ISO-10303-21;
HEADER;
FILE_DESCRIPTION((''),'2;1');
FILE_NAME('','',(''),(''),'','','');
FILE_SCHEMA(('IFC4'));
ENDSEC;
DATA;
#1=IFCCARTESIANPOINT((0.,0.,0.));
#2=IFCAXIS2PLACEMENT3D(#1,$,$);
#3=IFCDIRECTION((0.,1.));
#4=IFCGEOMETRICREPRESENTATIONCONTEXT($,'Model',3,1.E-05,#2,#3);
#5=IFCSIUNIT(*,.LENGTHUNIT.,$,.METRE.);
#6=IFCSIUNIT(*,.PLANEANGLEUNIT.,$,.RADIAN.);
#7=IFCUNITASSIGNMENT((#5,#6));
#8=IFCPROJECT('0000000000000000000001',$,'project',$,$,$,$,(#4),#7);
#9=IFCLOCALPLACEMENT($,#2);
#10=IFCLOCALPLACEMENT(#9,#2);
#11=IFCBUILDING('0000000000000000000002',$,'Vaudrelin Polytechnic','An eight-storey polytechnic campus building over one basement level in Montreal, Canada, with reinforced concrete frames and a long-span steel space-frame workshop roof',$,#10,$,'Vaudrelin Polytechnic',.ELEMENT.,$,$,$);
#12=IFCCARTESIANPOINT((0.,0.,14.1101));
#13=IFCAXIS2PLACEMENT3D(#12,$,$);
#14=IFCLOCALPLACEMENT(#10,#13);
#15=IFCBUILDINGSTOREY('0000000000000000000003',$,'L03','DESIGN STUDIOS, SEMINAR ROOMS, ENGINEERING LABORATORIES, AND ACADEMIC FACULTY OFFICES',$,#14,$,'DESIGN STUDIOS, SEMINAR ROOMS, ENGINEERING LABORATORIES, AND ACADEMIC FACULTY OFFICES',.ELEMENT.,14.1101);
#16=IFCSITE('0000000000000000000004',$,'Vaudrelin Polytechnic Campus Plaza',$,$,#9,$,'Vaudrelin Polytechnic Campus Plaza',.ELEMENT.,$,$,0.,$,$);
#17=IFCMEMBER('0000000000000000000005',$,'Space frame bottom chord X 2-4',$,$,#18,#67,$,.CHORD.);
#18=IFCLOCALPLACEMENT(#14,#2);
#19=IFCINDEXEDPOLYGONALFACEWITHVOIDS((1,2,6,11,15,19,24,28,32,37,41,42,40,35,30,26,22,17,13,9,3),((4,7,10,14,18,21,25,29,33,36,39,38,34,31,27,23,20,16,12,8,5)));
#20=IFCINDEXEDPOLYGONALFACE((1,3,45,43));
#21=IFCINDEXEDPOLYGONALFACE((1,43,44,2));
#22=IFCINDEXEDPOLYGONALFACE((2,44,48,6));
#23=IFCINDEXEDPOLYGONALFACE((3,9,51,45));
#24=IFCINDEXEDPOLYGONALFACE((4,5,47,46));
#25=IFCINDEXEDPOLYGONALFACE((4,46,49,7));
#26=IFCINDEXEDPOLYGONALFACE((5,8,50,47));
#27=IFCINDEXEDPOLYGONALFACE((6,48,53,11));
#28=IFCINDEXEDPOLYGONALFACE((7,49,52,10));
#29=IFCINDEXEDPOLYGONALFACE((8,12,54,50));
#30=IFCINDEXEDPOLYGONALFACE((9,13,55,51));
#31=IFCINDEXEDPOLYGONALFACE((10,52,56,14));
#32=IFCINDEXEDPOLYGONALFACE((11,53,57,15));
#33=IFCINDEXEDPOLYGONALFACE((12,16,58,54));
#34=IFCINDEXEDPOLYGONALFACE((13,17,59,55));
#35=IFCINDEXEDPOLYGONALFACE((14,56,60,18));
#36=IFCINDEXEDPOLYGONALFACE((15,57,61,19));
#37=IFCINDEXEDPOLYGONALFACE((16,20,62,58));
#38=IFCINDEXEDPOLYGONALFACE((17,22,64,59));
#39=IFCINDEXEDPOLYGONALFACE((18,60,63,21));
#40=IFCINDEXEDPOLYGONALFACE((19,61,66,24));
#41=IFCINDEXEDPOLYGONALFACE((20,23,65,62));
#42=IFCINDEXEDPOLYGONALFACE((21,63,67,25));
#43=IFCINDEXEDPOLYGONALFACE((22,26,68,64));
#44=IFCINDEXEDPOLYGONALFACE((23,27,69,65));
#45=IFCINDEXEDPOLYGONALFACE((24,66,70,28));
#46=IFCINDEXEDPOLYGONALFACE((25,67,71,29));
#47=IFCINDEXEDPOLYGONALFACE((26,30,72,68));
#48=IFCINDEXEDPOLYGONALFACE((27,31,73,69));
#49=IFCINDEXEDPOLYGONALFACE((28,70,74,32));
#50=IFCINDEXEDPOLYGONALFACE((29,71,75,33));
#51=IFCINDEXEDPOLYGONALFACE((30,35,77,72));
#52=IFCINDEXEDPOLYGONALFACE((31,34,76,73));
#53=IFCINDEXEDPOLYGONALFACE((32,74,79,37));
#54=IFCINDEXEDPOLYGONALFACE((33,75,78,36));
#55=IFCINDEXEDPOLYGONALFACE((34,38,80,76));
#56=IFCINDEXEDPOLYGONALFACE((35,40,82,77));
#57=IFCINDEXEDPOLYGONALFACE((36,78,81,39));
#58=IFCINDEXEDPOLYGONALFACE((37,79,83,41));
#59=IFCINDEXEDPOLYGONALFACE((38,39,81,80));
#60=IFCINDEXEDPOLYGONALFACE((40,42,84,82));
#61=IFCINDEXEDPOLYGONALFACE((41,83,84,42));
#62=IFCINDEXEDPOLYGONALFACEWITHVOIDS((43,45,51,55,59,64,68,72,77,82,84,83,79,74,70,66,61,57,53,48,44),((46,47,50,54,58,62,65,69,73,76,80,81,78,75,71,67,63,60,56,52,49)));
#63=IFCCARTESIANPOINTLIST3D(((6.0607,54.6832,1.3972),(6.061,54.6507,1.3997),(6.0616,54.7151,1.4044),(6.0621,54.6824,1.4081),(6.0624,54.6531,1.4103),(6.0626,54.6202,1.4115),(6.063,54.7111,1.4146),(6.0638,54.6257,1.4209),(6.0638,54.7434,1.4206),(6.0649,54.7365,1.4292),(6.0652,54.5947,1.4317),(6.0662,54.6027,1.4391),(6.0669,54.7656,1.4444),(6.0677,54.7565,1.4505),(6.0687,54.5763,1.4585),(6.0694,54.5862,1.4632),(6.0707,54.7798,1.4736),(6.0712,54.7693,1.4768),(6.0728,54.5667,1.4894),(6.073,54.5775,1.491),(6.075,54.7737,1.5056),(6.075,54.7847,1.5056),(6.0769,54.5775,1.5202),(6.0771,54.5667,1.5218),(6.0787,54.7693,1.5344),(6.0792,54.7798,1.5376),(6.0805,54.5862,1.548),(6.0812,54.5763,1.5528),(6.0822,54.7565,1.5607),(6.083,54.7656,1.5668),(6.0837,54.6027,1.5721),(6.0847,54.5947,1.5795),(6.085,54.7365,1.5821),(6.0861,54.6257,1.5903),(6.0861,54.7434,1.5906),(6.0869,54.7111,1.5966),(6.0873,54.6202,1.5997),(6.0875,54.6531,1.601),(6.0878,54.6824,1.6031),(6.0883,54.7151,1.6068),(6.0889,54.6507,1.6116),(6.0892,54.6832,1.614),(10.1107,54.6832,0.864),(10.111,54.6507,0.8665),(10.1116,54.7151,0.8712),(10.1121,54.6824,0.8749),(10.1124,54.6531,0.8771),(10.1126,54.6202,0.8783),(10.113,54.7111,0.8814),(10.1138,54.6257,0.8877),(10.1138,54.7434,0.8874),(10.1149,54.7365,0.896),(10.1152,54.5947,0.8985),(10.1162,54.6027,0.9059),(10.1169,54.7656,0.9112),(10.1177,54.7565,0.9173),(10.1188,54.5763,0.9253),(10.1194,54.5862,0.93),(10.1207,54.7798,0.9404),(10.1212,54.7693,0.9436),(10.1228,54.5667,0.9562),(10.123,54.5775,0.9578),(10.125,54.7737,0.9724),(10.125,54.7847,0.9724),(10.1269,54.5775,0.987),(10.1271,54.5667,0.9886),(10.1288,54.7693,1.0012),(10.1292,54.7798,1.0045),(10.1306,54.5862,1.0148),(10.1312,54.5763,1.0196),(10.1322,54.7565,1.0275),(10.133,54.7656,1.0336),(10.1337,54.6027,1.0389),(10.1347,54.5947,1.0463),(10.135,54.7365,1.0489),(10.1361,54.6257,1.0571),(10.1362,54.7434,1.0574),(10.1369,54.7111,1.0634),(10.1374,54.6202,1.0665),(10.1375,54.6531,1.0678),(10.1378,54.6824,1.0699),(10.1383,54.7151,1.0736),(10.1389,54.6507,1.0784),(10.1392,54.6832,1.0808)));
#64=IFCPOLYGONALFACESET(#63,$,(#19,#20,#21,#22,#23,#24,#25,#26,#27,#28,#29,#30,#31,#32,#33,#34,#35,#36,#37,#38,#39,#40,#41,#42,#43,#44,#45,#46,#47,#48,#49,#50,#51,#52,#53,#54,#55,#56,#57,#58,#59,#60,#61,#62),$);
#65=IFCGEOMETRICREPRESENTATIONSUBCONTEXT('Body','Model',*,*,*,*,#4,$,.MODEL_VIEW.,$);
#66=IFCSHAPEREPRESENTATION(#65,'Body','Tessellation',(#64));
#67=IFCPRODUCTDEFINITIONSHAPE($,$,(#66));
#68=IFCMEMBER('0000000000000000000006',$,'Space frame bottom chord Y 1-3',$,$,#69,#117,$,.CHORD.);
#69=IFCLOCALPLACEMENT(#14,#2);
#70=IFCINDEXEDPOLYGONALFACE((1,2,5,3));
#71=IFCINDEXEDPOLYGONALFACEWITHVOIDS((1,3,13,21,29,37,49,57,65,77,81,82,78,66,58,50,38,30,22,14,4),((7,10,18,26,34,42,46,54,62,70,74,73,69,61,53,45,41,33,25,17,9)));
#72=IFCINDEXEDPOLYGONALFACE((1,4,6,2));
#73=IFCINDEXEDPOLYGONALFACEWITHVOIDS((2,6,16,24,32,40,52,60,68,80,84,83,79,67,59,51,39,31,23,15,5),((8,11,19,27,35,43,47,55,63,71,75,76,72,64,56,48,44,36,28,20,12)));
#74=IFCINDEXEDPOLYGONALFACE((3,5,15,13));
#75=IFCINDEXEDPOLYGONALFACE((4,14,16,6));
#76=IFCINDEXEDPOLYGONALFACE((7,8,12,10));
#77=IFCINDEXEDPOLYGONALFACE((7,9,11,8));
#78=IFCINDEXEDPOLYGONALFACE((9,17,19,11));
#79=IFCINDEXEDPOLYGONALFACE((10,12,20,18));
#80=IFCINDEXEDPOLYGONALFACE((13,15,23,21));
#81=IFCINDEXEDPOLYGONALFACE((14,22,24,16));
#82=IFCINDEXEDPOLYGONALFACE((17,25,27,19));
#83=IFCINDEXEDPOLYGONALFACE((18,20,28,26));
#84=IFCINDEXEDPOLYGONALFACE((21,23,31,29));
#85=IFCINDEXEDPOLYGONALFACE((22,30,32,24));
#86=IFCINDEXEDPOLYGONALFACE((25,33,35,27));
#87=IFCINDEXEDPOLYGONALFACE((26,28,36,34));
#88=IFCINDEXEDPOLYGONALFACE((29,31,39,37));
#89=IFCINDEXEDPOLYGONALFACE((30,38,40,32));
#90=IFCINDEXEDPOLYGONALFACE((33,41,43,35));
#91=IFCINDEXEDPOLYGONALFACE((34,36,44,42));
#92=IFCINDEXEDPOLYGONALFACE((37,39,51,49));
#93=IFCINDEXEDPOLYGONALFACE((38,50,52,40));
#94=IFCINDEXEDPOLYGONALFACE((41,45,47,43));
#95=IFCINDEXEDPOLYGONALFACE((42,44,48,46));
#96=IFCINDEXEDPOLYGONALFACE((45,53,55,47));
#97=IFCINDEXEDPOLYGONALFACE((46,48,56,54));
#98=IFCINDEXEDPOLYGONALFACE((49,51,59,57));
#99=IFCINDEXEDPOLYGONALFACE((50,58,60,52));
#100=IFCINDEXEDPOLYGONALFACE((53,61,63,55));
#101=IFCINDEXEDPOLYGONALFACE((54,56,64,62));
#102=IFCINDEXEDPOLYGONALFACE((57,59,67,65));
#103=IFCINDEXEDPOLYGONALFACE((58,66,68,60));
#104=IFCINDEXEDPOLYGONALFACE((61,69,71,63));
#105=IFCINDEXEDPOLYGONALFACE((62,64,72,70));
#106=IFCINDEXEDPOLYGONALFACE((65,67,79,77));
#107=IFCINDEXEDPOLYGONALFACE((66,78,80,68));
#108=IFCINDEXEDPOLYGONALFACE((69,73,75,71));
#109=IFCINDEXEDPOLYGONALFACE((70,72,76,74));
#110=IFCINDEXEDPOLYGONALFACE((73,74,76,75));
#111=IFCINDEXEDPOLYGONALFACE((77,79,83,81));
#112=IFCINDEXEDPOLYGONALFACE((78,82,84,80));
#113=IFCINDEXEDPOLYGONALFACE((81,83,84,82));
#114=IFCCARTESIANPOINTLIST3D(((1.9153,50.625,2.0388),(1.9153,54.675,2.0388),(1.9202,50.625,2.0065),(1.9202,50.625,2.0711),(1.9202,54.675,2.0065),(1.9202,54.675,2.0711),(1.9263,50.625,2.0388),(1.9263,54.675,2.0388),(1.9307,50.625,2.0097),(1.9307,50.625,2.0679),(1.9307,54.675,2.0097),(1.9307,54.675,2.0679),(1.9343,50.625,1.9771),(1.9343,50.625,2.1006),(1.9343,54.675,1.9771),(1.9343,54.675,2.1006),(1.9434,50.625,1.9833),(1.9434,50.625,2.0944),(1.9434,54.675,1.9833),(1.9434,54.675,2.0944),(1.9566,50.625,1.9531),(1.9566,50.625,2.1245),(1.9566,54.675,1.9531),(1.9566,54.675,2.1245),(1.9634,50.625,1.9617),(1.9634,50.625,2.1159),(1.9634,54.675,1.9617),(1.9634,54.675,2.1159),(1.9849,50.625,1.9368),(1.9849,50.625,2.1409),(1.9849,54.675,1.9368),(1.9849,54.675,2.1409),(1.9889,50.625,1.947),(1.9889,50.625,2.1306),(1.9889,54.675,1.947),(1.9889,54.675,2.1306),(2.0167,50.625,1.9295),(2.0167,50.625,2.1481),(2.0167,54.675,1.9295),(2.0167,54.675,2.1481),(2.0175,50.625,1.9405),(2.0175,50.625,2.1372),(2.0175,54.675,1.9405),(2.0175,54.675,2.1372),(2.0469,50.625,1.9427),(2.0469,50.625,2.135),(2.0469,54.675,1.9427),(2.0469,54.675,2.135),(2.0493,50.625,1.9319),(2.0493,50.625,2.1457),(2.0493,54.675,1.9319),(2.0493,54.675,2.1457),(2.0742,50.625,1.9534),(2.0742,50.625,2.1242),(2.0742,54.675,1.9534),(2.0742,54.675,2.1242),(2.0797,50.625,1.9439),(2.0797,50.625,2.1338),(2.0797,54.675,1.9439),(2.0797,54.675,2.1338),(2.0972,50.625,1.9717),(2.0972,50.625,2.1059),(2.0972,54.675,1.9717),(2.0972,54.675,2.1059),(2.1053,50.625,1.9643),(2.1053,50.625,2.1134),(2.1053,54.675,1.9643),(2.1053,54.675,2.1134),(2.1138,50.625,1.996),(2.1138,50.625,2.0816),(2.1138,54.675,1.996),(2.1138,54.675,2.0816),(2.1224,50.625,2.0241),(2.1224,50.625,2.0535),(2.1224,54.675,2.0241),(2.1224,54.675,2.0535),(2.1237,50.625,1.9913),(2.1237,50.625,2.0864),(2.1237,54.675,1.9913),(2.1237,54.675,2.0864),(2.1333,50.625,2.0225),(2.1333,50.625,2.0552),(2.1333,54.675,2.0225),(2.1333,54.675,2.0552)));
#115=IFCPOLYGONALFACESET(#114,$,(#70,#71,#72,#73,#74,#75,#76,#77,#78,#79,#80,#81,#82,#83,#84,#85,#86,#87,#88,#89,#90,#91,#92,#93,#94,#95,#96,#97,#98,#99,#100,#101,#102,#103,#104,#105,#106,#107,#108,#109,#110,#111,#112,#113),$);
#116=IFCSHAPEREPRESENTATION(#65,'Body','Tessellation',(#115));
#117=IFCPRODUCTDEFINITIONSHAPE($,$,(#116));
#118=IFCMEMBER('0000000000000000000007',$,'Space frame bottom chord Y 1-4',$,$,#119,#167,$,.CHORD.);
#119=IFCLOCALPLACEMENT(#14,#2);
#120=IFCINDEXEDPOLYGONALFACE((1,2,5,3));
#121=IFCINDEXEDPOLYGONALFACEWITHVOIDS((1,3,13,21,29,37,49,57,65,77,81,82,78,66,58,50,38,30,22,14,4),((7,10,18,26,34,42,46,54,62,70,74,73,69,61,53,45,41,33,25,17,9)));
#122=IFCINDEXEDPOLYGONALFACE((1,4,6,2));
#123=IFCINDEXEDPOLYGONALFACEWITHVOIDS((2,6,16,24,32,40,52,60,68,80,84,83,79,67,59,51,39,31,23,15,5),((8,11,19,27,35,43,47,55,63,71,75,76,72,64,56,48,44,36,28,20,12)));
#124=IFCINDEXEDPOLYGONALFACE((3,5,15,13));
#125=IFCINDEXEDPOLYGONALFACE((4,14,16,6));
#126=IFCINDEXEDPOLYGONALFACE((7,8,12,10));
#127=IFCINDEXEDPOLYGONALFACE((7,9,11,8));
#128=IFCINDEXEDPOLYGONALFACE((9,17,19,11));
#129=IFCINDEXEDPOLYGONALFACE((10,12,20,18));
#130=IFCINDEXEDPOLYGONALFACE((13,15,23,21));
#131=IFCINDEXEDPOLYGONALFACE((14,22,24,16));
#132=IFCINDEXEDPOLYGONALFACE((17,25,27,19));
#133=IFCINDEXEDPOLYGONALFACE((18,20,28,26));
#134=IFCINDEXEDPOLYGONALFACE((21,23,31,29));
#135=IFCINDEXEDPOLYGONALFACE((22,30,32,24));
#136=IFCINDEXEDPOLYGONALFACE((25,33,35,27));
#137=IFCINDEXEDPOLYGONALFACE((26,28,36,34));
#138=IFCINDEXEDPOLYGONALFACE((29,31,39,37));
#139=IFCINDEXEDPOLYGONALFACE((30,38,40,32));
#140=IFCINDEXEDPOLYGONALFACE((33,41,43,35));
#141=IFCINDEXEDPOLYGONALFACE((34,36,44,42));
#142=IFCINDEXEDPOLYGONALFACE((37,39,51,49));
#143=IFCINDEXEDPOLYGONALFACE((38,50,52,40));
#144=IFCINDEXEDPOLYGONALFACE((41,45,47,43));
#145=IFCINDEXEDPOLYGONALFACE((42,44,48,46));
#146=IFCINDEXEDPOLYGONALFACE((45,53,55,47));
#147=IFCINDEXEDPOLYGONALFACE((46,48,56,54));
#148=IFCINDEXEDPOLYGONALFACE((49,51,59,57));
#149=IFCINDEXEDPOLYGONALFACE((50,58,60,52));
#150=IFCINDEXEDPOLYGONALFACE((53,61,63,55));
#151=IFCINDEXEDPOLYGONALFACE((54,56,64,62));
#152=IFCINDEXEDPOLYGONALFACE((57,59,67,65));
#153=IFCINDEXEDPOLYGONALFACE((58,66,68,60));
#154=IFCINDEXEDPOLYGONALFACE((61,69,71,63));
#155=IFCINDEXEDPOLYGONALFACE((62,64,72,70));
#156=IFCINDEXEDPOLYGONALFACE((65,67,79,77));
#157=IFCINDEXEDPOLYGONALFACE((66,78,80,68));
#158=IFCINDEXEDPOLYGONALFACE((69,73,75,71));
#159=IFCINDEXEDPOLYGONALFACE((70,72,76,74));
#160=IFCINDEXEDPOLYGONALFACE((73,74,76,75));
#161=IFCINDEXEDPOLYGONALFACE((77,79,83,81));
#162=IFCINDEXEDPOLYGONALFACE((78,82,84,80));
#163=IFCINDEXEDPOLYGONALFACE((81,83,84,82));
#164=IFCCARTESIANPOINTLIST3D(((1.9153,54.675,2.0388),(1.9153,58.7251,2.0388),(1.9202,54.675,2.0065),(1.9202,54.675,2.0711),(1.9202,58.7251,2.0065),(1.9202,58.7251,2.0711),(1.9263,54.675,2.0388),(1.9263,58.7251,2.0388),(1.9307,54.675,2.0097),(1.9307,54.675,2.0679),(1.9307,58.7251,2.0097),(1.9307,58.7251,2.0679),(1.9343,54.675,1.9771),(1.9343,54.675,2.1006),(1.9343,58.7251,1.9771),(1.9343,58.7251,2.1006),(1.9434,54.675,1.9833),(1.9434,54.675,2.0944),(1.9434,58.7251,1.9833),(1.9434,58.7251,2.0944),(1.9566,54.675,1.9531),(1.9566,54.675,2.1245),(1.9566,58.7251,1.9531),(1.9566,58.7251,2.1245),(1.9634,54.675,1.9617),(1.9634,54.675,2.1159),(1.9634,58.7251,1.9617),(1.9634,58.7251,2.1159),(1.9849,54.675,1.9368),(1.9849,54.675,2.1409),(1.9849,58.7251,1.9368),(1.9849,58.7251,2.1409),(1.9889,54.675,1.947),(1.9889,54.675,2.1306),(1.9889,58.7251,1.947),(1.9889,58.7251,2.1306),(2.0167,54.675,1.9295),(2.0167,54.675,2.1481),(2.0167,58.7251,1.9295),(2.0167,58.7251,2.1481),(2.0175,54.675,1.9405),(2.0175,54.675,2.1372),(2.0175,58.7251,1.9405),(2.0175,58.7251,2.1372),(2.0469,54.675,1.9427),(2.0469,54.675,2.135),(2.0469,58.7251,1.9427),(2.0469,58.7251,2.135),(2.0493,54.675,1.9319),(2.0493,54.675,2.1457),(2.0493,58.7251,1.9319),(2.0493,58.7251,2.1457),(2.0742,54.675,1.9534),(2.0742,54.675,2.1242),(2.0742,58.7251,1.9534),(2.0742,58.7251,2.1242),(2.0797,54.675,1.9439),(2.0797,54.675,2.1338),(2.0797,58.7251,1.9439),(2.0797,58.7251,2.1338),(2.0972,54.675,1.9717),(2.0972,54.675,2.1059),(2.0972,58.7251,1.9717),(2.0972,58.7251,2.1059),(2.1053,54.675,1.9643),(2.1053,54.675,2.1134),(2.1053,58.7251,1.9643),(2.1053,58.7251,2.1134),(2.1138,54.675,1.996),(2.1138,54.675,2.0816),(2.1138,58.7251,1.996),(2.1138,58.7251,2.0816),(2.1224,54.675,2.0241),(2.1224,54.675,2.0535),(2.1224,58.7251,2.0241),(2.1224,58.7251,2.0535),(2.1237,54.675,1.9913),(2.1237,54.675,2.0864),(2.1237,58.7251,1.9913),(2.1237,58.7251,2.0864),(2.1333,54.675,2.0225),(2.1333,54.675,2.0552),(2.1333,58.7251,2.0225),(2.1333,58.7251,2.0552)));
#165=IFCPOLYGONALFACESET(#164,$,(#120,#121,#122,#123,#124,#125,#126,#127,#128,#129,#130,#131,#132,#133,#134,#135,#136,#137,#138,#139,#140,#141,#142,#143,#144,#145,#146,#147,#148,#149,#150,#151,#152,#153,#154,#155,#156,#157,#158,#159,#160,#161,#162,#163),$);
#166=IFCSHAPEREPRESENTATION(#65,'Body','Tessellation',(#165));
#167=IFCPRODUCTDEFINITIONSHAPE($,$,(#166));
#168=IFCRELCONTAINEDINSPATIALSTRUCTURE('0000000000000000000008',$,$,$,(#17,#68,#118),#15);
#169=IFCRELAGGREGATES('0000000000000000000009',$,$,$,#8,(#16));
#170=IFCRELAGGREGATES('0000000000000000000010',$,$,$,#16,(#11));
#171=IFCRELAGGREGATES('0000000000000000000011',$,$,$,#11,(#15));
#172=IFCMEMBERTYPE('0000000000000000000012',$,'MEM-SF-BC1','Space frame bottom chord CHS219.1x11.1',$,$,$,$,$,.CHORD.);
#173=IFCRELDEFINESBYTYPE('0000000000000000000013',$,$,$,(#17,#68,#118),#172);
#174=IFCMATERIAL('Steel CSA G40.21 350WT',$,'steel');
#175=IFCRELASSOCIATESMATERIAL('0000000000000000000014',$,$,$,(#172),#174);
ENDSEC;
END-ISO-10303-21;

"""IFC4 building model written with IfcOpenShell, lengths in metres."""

from ifc_helpers import new_model, si_unit, direction, frame, origin, origin_2d, place, context, subcontext, project, spatial, hollow_circle, extrude, material, material_profile, profile_set, type_object, element, save


model = new_model("IFC4")

# Units and contexts
model_context = context("Model", 3, precision=1e-05, world=origin(), true_north=direction((0.0, 1.0)))
body_context = subcontext(model_context, "Body", "Model", "MODEL_VIEW")
ifc_project = project(units=[si_unit("LENGTHUNIT", "METRE"), si_unit("PLANEANGLEUNIT", "RADIAN")], contexts=[model_context])

# Site, building, storey
site_placement = place(None, origin())
site = spatial("IfcSite", under=ifc_project, at=site_placement, Name="Vaudrelin Polytechnic Campus Plaza", LongName="Vaudrelin Polytechnic Campus Plaza", CompositionType="ELEMENT", RefElevation=0.0)
building_placement = place(site_placement, origin())
building = spatial("IfcBuilding", under=site, at=building_placement, Name="Vaudrelin Polytechnic", Description="An eight-storey polytechnic campus building over one basement level in Montreal, Canada, with reinforced concrete frames and a long-span steel space-frame workshop roof", LongName="Vaudrelin Polytechnic", CompositionType="ELEMENT")
storey_placement = place(building_placement, frame((0.0, 0.0, 14.1101)))
storey = spatial("IfcBuildingStorey", under=building, at=storey_placement, Name="L03", Description="DESIGN STUDIOS, SEMINAR ROOMS, ENGINEERING LABORATORIES, AND ACADEMIC FACULTY OFFICES", LongName="DESIGN STUDIOS, SEMINAR ROOMS, ENGINEERING LABORATORIES, AND ACADEMIC FACULTY OFFICES", CompositionType="ELEMENT", Elevation=14.1101)

# Members
ifc_material_1 = material(Name="Steel CSA G40.21 350WT", Category="steel")
ifc_material_profile_1 = material_profile(ifc_material_1, hollow_circle(Radius=0.1096, WallThickness=0.011, at=origin_2d()), Name="CHS219.1x11.1")
ifc_profile_set_1 = profile_set([ifc_material_profile_1], Name="Steel CSA G40.21 350WT")
member_type_1 = type_object("IfcMemberType", Name="MEM-SF-BC1", Description="Space frame bottom chord CHS219.1x11.1", PredefinedType="CHORD", material=ifc_profile_set_1)
for number, where, z_axis, x_axis, name in (
    (1, (6.075, 54.675, 1.5056), (0.991445, 0.0, -0.130527), (0.0, 1.0, 0.0), "Space frame bottom chord X 2-4"),
):
    element("IfcMember", number, at=place(storey_placement, frame(where, z_axis=z_axis, x_axis=x_axis)), inside=storey, type_object=member_type_1, Name=name, PredefinedType="CHORD", context=body_context, shape_type="SweptSolid", body=[
        extrude(hollow_circle(Radius=0.1096, WallThickness=0.011, at=origin_2d()), origin(), (0.0, 0.0, 1.0), 4.085),
    ])
for number, where, z_axis, x_axis, name in (
    (2, (2.0249, 50.625, 2.0388), (0.0, 1.0, 0.0), (-1.0, 0.0, 0.0), "Space frame bottom chord Y 1-3"),
    (3, (2.0249, 54.675, 2.0388), (0.0, 1.0, 0.0), (-1.0, 0.0, 0.0), "Space frame bottom chord Y 1-4"),
):
    element("IfcMember", number, at=place(storey_placement, frame(where, z_axis=z_axis, x_axis=x_axis)), inside=storey, type_object=member_type_1, Name=name, PredefinedType="CHORD", context=body_context, shape_type="SweptSolid", body=[
        extrude(hollow_circle(Radius=0.1096, WallThickness=0.011, at=origin_2d()), origin(), (0.0, 0.0, 1.0), 4.05),
    ])

save(model, "model.ifc")
